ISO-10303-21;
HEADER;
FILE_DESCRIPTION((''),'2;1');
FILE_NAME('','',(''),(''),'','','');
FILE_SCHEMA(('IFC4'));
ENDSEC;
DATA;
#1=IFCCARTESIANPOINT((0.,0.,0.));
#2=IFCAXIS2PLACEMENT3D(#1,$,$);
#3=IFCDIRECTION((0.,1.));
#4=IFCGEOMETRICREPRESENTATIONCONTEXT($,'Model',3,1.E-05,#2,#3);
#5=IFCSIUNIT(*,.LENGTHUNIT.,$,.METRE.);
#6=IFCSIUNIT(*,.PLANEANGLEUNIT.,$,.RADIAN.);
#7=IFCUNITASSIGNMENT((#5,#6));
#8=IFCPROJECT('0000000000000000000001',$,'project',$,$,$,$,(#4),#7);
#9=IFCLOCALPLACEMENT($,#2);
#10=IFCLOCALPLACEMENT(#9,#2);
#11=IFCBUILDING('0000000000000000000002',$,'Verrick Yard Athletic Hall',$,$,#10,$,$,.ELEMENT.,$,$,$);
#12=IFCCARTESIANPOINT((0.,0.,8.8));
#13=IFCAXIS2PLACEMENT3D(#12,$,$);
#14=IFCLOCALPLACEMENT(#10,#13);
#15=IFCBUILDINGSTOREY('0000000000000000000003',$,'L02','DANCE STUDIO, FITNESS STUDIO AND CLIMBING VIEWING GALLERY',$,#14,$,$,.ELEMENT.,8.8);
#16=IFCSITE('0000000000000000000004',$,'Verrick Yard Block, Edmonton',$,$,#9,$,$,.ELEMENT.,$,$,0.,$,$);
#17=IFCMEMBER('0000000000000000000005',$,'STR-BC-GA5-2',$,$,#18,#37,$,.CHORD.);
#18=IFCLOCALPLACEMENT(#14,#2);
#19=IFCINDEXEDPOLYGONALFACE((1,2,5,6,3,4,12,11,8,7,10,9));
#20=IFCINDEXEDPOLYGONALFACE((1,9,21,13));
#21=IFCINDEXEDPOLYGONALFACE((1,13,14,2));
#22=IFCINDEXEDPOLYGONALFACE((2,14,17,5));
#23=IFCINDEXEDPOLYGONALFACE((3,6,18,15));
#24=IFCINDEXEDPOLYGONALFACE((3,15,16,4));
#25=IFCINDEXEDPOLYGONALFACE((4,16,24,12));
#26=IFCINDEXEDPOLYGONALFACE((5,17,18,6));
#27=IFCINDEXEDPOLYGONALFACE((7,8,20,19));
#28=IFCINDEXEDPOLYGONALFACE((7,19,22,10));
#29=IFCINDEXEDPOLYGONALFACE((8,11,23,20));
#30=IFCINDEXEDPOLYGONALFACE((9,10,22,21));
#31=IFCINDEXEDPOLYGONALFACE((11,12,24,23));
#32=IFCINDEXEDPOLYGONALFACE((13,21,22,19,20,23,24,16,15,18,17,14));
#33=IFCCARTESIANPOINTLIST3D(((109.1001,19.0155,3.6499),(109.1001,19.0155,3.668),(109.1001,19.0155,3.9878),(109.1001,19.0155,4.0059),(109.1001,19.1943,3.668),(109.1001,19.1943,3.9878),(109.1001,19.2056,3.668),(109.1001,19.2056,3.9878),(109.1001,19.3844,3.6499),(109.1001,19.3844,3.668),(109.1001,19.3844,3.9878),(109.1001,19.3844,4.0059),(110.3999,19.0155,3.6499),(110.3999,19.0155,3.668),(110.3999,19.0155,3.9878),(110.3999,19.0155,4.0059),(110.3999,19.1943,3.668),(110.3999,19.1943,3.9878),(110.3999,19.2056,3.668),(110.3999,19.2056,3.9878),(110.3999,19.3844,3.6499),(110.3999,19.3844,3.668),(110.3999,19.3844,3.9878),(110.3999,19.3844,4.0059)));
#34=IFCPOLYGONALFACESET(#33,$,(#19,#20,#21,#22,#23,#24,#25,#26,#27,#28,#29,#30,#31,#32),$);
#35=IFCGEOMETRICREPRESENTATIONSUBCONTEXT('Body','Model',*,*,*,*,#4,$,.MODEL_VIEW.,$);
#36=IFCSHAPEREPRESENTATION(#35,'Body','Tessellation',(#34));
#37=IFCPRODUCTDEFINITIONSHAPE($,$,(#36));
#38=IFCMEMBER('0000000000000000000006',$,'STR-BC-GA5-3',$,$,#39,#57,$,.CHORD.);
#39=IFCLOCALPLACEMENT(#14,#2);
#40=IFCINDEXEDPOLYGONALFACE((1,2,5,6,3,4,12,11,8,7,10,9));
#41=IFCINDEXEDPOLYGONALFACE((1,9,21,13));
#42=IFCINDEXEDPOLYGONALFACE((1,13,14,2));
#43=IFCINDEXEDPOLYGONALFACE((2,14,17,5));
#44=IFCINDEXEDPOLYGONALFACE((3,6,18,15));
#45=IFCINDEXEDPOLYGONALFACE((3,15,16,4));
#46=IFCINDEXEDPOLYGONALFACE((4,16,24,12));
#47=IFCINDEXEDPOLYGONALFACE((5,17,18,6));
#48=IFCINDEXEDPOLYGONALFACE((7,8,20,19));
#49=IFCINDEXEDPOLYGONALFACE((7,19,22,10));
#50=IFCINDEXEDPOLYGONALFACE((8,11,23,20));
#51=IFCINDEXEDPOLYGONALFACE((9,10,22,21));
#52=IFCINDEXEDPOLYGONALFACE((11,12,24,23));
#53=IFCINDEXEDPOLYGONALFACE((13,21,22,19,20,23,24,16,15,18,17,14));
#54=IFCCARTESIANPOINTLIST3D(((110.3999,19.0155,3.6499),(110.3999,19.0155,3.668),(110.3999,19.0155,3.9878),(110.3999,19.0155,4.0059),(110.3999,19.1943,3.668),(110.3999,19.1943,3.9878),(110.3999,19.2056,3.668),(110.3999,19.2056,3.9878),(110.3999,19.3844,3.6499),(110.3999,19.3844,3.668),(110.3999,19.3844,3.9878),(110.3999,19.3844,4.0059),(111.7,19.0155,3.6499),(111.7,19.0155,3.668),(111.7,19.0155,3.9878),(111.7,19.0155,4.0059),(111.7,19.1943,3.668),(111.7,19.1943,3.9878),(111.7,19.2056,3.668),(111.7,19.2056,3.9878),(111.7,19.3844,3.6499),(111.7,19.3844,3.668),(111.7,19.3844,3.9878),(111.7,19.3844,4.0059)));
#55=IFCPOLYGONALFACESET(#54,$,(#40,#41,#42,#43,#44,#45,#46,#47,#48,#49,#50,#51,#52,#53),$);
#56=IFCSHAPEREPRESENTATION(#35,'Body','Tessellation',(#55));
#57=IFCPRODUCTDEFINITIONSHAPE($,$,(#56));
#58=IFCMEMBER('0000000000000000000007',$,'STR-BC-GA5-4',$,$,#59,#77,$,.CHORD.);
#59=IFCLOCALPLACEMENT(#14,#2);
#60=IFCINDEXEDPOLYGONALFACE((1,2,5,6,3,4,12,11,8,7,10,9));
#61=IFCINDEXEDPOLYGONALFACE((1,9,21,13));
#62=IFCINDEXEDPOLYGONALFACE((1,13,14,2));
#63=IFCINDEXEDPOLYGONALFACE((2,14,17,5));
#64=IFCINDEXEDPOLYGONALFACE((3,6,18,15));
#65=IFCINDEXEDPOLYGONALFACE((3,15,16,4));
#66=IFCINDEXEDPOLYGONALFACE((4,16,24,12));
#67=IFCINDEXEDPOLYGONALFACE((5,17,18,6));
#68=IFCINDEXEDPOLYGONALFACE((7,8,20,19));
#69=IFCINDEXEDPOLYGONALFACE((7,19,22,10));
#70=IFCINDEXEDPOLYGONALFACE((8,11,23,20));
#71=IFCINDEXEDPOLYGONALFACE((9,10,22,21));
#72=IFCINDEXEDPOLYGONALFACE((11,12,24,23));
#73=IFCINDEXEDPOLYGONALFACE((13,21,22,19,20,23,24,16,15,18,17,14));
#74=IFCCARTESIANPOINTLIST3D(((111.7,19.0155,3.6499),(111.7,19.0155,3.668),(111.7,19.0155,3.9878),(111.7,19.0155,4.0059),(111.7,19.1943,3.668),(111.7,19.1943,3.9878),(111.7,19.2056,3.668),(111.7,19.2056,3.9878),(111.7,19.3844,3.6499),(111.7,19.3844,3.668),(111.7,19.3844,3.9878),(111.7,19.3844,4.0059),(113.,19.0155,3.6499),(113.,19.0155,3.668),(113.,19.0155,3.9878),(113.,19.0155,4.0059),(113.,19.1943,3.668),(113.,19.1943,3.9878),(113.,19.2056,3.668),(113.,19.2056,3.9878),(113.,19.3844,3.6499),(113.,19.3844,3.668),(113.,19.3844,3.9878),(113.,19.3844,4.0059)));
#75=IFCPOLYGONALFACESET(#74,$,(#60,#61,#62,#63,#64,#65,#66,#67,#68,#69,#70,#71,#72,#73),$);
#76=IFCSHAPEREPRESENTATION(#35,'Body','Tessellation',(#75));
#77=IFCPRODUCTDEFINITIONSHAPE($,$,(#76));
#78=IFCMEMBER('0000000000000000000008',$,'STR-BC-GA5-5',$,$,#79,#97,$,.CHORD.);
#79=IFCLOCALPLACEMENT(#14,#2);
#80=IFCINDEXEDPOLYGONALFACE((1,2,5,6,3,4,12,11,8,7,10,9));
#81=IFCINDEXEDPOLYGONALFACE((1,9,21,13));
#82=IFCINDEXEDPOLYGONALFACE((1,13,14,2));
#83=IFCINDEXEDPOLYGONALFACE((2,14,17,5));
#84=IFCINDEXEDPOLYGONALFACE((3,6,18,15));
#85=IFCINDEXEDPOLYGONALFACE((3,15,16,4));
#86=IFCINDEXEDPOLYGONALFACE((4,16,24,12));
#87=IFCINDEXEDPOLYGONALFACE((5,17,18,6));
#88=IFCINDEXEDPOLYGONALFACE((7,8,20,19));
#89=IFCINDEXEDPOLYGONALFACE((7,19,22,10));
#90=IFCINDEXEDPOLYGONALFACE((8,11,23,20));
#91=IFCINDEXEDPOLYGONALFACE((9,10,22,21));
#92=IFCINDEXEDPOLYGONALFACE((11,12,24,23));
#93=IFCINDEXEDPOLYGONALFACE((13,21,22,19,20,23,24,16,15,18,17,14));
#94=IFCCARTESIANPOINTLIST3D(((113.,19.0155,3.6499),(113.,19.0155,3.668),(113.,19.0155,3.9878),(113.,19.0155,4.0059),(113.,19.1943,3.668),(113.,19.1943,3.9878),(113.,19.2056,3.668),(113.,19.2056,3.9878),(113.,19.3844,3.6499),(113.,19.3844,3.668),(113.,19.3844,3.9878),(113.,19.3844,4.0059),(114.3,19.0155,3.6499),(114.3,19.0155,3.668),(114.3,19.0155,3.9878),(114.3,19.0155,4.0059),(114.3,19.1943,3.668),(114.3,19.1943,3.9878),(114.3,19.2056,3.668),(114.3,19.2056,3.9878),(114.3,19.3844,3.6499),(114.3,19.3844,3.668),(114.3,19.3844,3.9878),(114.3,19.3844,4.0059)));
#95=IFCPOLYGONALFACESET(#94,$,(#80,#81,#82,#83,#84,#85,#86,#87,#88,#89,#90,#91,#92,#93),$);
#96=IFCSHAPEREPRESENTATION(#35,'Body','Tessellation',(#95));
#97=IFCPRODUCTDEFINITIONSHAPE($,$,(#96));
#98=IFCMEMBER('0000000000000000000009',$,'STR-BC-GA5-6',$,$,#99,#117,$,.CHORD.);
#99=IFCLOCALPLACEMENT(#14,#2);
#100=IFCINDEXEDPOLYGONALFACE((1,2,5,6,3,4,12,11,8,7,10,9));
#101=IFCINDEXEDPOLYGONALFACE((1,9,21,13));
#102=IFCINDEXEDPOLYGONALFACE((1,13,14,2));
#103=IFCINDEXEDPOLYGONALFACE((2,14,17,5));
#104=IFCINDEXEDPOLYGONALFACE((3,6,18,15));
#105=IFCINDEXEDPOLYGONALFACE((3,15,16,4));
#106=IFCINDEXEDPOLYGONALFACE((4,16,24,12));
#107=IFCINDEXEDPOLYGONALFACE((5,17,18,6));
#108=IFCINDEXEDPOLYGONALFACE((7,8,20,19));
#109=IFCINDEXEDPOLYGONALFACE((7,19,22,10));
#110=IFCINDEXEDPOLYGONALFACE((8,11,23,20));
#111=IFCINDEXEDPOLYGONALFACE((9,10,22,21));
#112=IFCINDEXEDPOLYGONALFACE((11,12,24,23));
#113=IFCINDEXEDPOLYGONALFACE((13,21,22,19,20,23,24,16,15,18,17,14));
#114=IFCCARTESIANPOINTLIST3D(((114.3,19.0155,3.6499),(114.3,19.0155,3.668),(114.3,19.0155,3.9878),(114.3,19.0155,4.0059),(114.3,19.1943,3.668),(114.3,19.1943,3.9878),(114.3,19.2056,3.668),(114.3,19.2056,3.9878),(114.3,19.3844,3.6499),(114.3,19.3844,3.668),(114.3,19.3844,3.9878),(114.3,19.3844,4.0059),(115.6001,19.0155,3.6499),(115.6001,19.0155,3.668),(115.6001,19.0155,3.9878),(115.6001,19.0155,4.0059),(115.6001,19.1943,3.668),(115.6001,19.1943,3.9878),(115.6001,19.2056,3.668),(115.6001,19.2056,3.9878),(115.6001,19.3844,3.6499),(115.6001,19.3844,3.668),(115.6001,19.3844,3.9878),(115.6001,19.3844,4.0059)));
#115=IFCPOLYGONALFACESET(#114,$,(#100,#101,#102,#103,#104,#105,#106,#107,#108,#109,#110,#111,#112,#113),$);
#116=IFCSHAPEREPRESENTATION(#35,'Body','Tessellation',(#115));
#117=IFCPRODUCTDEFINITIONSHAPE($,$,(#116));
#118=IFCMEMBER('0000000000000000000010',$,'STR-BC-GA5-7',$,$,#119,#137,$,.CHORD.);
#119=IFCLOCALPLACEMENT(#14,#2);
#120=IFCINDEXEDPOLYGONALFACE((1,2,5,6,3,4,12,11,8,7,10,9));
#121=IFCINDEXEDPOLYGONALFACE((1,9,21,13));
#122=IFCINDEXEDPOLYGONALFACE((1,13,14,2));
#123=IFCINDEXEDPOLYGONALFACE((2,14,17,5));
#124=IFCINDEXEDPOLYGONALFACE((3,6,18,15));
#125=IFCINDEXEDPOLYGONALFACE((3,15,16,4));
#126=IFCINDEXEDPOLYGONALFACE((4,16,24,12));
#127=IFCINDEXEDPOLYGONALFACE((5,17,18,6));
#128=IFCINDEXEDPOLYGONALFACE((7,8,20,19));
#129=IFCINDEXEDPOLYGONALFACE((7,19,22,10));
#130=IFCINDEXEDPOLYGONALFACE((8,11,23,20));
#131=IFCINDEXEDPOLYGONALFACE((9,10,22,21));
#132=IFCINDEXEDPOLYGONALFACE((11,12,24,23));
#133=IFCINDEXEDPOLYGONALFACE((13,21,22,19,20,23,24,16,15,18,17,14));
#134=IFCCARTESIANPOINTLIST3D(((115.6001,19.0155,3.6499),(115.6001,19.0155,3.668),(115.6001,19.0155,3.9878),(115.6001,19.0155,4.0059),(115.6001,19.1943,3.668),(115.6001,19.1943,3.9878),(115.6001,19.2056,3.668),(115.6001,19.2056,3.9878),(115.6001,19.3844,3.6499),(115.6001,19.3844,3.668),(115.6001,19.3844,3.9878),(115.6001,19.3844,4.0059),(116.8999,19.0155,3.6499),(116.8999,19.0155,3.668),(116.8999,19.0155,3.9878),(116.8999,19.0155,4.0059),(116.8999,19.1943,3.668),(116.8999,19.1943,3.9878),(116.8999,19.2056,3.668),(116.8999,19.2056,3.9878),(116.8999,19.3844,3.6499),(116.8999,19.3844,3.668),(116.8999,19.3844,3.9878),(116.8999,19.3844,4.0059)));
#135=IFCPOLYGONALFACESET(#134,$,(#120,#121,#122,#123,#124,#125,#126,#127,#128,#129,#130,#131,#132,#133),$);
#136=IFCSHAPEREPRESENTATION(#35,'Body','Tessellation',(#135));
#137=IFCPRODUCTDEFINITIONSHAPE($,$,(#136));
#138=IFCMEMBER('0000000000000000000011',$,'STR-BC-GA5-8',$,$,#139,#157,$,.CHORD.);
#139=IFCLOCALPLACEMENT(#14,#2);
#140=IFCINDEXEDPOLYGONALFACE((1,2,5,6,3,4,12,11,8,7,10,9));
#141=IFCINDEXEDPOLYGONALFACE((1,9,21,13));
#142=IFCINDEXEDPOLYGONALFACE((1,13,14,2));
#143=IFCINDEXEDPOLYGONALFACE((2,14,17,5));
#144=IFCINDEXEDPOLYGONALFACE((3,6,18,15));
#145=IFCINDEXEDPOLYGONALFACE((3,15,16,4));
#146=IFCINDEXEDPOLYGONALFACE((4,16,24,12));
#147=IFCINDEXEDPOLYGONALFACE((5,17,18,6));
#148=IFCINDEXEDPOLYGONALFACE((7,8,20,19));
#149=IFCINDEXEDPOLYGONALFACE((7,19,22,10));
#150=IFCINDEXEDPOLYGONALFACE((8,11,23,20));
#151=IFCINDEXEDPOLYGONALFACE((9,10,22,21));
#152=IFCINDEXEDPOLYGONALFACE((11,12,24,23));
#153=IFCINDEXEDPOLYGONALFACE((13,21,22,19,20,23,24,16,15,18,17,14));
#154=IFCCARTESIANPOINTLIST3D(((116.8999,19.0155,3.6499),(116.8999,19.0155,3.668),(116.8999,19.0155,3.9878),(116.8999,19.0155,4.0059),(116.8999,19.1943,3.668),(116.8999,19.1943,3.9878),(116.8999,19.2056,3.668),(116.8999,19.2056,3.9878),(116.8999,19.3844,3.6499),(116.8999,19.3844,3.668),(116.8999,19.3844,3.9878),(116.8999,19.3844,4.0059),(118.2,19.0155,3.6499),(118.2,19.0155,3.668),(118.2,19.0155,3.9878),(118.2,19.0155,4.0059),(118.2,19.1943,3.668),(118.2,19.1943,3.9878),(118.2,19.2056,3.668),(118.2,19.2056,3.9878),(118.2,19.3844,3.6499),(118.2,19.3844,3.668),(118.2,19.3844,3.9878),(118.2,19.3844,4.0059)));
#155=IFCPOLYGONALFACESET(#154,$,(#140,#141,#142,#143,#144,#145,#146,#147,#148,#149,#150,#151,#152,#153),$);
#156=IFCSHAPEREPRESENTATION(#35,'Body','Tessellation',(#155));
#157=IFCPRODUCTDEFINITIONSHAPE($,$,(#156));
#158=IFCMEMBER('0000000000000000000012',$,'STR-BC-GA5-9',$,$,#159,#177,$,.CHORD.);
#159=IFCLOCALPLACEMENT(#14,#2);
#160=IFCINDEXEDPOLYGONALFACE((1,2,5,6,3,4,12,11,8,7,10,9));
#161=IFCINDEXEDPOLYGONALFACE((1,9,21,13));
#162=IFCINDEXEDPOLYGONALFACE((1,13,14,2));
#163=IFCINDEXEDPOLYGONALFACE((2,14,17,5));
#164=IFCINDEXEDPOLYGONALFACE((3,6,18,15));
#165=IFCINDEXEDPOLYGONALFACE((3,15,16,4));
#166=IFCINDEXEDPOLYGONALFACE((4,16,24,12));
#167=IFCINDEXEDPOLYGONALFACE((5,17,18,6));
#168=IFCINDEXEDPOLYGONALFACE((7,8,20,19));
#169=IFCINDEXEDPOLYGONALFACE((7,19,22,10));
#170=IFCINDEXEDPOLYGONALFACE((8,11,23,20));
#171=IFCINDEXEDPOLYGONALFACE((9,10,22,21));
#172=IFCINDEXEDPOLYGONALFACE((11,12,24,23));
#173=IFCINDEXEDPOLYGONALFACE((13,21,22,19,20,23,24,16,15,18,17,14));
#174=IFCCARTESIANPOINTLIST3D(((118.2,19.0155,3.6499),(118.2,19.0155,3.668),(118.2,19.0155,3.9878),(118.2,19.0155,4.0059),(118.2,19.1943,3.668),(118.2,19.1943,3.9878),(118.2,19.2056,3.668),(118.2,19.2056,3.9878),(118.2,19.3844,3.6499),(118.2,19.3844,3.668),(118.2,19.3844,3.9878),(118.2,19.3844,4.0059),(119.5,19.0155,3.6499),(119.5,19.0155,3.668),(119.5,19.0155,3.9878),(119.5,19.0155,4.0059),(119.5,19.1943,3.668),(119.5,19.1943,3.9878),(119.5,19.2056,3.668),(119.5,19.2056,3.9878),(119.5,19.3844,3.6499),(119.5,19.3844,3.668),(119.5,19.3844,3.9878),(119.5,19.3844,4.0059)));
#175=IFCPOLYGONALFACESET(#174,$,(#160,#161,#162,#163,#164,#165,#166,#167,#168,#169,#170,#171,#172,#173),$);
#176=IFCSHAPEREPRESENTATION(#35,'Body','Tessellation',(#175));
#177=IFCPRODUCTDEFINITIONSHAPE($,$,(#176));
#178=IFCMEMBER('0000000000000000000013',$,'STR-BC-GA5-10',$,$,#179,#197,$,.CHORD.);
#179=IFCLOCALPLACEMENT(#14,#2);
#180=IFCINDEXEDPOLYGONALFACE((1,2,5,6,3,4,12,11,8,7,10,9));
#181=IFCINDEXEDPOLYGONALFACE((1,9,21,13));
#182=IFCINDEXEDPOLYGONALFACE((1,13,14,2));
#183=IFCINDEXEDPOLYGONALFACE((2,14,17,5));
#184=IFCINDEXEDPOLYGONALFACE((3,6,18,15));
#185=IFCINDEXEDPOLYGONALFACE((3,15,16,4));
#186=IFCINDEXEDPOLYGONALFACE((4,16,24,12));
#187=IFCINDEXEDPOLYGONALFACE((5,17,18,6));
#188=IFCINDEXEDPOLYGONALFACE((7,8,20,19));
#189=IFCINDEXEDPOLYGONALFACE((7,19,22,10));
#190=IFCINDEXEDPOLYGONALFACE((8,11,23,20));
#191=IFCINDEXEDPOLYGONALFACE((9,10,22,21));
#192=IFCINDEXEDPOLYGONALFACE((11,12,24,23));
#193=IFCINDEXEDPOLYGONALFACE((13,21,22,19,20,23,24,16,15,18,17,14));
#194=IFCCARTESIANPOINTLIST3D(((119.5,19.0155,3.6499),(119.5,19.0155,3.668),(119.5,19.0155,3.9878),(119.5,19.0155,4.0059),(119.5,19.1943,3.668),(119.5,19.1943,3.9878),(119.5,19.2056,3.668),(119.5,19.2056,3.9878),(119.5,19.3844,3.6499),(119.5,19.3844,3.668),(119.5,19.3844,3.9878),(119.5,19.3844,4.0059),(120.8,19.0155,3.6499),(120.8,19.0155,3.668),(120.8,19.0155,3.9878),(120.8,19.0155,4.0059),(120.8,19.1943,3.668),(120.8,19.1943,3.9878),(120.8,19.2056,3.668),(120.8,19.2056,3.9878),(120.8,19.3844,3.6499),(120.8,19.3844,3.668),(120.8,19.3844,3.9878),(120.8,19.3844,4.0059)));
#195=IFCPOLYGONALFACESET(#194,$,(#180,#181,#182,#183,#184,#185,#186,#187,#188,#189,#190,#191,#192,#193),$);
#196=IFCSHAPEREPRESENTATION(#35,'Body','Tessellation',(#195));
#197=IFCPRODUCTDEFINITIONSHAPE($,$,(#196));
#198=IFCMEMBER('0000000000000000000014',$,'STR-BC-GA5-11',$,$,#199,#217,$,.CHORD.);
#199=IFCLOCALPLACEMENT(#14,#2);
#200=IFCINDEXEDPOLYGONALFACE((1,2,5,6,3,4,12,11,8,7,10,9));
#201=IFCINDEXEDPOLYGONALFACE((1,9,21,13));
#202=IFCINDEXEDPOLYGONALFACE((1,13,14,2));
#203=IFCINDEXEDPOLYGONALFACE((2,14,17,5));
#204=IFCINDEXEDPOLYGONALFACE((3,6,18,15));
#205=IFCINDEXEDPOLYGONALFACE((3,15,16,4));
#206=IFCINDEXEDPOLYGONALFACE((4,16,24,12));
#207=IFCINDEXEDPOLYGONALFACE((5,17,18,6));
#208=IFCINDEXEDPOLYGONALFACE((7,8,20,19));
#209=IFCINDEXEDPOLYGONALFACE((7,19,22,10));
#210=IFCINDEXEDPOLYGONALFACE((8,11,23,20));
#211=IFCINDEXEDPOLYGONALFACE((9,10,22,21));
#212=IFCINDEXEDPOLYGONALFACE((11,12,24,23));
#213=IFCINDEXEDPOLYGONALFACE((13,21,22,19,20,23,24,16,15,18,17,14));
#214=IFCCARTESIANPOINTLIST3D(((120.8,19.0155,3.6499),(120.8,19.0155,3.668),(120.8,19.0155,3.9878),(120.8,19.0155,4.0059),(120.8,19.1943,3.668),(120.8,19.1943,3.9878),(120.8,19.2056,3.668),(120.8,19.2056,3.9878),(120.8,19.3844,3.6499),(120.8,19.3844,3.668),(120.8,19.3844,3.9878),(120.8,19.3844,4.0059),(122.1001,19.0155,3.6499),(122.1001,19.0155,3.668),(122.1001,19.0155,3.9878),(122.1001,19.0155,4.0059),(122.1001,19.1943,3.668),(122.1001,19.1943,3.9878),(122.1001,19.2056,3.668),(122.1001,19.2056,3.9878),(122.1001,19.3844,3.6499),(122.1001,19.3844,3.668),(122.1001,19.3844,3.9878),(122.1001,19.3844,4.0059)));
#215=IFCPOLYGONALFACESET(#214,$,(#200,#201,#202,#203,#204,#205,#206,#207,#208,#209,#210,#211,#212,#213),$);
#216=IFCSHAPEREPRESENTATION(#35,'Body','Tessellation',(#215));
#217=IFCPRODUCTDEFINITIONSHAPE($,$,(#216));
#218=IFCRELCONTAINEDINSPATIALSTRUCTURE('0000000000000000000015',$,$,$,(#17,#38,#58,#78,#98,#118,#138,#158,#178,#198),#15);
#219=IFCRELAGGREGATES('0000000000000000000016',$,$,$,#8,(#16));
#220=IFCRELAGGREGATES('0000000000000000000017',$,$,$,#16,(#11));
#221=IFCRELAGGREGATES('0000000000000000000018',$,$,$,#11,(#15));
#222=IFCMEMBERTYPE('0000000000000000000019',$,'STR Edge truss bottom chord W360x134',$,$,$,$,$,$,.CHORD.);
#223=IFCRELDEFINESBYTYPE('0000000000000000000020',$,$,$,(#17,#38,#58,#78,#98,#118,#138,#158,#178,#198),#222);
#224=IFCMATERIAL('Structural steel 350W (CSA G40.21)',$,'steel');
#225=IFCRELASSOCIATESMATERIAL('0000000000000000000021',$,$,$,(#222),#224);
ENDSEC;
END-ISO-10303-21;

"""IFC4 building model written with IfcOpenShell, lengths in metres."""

from ifc_helpers import new_model, si_unit, direction, frame, origin, origin_2d, place, context, subcontext, project, spatial, i_section, extrude, material, material_profile, profile_set, type_object, element, save


model = new_model("IFC4")

# Units and contexts
model_context = context("Model", 3, precision=1e-05, world=origin(), true_north=direction((0.0, 1.0)))
body_context = subcontext(model_context, "Body", "Model", "MODEL_VIEW")
ifc_project = project(units=[si_unit("LENGTHUNIT", "METRE"), si_unit("PLANEANGLEUNIT", "RADIAN")], contexts=[model_context])

# Site, building, storey
site_placement = place(None, origin())
site = spatial("IfcSite", under=ifc_project, at=site_placement, Name="Verrick Yard Block, Edmonton", CompositionType="ELEMENT", RefElevation=0.0)
building_placement = place(site_placement, origin())
building = spatial("IfcBuilding", under=site, at=building_placement, Name="Verrick Yard Athletic Hall", CompositionType="ELEMENT")
storey_placement = place(building_placement, frame((0.0, 0.0, 8.8)))
storey = spatial("IfcBuildingStorey", under=building, at=storey_placement, Name="L02", Description="DANCE STUDIO, FITNESS STUDIO AND CLIMBING VIEWING GALLERY", CompositionType="ELEMENT", Elevation=8.8)

# Members
ifc_material_1 = material(Name="Structural steel 350W (CSA G40.21)", Category="steel")
ifc_material_profile_1 = material_profile(ifc_material_1, i_section(OverallWidth=0.3689, OverallDepth=0.356, WebThickness=0.0112, FlangeThickness=0.0181, at=origin_2d()), Name="W360x134")
ifc_profile_set_1 = profile_set([ifc_material_profile_1], Name="Structural steel 350W (CSA G40.21)")
member_type_1 = type_object("IfcMemberType", Name="STR Edge truss bottom chord W360x134", PredefinedType="CHORD", material=ifc_profile_set_1)
member_1_placement = place(storey_placement, frame((109.1001, 19.2, 3.8279), z_axis=(1.0, 0.0, 0.0), x_axis=(0.0, 1.0, 0.0)))
element("IfcMember", 1, at=member_1_placement, inside=storey, type_object=member_type_1, Name="STR-BC-GA5-2", PredefinedType="CHORD", context=body_context, shape_type="SweptSolid", body=[
    extrude(i_section(OverallWidth=0.3689, OverallDepth=0.356, WebThickness=0.0112, FlangeThickness=0.0181, at=origin_2d()), origin(), (0.0, 0.0, 1.0), 1.2998),
])
for number, where, z_axis, x_axis, name in (
    (2, (110.3999, 19.2, 3.8279), (1.0, 0.0, 0.0), (0.0, 1.0, 0.0), "STR-BC-GA5-3"),
    (3, (111.7, 19.2, 3.8279), (1.0, 0.0, 0.0), (0.0, 1.0, 0.0), "STR-BC-GA5-4"),
    (4, (113.0, 19.2, 3.8279), (1.0, 0.0, 0.0), (0.0, 1.0, 0.0), "STR-BC-GA5-5"),
    (5, (114.3, 19.2, 3.8279), (1.0, 0.0, 0.0), (0.0, 1.0, 0.0), "STR-BC-GA5-6"),
):
    element("IfcMember", number, at=place(storey_placement, frame(where, z_axis=z_axis, x_axis=x_axis)), inside=storey, type_object=member_type_1, Name=name, PredefinedType="CHORD", context=body_context, shape_type="SweptSolid", body=[
        extrude(i_section(OverallWidth=0.3689, OverallDepth=0.356, WebThickness=0.0112, FlangeThickness=0.0181, at=origin_2d()), origin(), (0.0, 0.0, 1.0), 1.3),
    ])
member_2_placement = place(storey_placement, frame((115.6001, 19.2, 3.8279), z_axis=(1.0, 0.0, 0.0), x_axis=(0.0, 1.0, 0.0)))
element("IfcMember", 6, at=member_2_placement, inside=storey, type_object=member_type_1, Name="STR-BC-GA5-7", PredefinedType="CHORD", context=body_context, shape_type="SweptSolid", body=[
    extrude(i_section(OverallWidth=0.3689, OverallDepth=0.356, WebThickness=0.0112, FlangeThickness=0.0181, at=origin_2d()), origin(), (0.0, 0.0, 1.0), 1.2998),
])
for number, where, z_axis, x_axis, name in (
    (7, (116.8999, 19.2, 3.8279), (1.0, 0.0, 0.0), (0.0, 1.0, 0.0), "STR-BC-GA5-8"),
    (8, (118.2, 19.2, 3.8279), (1.0, 0.0, 0.0), (0.0, 1.0, 0.0), "STR-BC-GA5-9"),
    (9, (119.5, 19.2, 3.8279), (1.0, 0.0, 0.0), (0.0, 1.0, 0.0), "STR-BC-GA5-10"),
    (10, (120.8, 19.2, 3.8279), (1.0, 0.0, 0.0), (0.0, 1.0, 0.0), "STR-BC-GA5-11"),
):
    element("IfcMember", number, at=place(storey_placement, frame(where, z_axis=z_axis, x_axis=x_axis)), inside=storey, type_object=member_type_1, Name=name, PredefinedType="CHORD", context=body_context, shape_type="SweptSolid", body=[
        extrude(i_section(OverallWidth=0.3689, OverallDepth=0.356, WebThickness=0.0112, FlangeThickness=0.0181, at=origin_2d()), origin(), (0.0, 0.0, 1.0), 1.3),
    ])

save(model, "model.ifc")
